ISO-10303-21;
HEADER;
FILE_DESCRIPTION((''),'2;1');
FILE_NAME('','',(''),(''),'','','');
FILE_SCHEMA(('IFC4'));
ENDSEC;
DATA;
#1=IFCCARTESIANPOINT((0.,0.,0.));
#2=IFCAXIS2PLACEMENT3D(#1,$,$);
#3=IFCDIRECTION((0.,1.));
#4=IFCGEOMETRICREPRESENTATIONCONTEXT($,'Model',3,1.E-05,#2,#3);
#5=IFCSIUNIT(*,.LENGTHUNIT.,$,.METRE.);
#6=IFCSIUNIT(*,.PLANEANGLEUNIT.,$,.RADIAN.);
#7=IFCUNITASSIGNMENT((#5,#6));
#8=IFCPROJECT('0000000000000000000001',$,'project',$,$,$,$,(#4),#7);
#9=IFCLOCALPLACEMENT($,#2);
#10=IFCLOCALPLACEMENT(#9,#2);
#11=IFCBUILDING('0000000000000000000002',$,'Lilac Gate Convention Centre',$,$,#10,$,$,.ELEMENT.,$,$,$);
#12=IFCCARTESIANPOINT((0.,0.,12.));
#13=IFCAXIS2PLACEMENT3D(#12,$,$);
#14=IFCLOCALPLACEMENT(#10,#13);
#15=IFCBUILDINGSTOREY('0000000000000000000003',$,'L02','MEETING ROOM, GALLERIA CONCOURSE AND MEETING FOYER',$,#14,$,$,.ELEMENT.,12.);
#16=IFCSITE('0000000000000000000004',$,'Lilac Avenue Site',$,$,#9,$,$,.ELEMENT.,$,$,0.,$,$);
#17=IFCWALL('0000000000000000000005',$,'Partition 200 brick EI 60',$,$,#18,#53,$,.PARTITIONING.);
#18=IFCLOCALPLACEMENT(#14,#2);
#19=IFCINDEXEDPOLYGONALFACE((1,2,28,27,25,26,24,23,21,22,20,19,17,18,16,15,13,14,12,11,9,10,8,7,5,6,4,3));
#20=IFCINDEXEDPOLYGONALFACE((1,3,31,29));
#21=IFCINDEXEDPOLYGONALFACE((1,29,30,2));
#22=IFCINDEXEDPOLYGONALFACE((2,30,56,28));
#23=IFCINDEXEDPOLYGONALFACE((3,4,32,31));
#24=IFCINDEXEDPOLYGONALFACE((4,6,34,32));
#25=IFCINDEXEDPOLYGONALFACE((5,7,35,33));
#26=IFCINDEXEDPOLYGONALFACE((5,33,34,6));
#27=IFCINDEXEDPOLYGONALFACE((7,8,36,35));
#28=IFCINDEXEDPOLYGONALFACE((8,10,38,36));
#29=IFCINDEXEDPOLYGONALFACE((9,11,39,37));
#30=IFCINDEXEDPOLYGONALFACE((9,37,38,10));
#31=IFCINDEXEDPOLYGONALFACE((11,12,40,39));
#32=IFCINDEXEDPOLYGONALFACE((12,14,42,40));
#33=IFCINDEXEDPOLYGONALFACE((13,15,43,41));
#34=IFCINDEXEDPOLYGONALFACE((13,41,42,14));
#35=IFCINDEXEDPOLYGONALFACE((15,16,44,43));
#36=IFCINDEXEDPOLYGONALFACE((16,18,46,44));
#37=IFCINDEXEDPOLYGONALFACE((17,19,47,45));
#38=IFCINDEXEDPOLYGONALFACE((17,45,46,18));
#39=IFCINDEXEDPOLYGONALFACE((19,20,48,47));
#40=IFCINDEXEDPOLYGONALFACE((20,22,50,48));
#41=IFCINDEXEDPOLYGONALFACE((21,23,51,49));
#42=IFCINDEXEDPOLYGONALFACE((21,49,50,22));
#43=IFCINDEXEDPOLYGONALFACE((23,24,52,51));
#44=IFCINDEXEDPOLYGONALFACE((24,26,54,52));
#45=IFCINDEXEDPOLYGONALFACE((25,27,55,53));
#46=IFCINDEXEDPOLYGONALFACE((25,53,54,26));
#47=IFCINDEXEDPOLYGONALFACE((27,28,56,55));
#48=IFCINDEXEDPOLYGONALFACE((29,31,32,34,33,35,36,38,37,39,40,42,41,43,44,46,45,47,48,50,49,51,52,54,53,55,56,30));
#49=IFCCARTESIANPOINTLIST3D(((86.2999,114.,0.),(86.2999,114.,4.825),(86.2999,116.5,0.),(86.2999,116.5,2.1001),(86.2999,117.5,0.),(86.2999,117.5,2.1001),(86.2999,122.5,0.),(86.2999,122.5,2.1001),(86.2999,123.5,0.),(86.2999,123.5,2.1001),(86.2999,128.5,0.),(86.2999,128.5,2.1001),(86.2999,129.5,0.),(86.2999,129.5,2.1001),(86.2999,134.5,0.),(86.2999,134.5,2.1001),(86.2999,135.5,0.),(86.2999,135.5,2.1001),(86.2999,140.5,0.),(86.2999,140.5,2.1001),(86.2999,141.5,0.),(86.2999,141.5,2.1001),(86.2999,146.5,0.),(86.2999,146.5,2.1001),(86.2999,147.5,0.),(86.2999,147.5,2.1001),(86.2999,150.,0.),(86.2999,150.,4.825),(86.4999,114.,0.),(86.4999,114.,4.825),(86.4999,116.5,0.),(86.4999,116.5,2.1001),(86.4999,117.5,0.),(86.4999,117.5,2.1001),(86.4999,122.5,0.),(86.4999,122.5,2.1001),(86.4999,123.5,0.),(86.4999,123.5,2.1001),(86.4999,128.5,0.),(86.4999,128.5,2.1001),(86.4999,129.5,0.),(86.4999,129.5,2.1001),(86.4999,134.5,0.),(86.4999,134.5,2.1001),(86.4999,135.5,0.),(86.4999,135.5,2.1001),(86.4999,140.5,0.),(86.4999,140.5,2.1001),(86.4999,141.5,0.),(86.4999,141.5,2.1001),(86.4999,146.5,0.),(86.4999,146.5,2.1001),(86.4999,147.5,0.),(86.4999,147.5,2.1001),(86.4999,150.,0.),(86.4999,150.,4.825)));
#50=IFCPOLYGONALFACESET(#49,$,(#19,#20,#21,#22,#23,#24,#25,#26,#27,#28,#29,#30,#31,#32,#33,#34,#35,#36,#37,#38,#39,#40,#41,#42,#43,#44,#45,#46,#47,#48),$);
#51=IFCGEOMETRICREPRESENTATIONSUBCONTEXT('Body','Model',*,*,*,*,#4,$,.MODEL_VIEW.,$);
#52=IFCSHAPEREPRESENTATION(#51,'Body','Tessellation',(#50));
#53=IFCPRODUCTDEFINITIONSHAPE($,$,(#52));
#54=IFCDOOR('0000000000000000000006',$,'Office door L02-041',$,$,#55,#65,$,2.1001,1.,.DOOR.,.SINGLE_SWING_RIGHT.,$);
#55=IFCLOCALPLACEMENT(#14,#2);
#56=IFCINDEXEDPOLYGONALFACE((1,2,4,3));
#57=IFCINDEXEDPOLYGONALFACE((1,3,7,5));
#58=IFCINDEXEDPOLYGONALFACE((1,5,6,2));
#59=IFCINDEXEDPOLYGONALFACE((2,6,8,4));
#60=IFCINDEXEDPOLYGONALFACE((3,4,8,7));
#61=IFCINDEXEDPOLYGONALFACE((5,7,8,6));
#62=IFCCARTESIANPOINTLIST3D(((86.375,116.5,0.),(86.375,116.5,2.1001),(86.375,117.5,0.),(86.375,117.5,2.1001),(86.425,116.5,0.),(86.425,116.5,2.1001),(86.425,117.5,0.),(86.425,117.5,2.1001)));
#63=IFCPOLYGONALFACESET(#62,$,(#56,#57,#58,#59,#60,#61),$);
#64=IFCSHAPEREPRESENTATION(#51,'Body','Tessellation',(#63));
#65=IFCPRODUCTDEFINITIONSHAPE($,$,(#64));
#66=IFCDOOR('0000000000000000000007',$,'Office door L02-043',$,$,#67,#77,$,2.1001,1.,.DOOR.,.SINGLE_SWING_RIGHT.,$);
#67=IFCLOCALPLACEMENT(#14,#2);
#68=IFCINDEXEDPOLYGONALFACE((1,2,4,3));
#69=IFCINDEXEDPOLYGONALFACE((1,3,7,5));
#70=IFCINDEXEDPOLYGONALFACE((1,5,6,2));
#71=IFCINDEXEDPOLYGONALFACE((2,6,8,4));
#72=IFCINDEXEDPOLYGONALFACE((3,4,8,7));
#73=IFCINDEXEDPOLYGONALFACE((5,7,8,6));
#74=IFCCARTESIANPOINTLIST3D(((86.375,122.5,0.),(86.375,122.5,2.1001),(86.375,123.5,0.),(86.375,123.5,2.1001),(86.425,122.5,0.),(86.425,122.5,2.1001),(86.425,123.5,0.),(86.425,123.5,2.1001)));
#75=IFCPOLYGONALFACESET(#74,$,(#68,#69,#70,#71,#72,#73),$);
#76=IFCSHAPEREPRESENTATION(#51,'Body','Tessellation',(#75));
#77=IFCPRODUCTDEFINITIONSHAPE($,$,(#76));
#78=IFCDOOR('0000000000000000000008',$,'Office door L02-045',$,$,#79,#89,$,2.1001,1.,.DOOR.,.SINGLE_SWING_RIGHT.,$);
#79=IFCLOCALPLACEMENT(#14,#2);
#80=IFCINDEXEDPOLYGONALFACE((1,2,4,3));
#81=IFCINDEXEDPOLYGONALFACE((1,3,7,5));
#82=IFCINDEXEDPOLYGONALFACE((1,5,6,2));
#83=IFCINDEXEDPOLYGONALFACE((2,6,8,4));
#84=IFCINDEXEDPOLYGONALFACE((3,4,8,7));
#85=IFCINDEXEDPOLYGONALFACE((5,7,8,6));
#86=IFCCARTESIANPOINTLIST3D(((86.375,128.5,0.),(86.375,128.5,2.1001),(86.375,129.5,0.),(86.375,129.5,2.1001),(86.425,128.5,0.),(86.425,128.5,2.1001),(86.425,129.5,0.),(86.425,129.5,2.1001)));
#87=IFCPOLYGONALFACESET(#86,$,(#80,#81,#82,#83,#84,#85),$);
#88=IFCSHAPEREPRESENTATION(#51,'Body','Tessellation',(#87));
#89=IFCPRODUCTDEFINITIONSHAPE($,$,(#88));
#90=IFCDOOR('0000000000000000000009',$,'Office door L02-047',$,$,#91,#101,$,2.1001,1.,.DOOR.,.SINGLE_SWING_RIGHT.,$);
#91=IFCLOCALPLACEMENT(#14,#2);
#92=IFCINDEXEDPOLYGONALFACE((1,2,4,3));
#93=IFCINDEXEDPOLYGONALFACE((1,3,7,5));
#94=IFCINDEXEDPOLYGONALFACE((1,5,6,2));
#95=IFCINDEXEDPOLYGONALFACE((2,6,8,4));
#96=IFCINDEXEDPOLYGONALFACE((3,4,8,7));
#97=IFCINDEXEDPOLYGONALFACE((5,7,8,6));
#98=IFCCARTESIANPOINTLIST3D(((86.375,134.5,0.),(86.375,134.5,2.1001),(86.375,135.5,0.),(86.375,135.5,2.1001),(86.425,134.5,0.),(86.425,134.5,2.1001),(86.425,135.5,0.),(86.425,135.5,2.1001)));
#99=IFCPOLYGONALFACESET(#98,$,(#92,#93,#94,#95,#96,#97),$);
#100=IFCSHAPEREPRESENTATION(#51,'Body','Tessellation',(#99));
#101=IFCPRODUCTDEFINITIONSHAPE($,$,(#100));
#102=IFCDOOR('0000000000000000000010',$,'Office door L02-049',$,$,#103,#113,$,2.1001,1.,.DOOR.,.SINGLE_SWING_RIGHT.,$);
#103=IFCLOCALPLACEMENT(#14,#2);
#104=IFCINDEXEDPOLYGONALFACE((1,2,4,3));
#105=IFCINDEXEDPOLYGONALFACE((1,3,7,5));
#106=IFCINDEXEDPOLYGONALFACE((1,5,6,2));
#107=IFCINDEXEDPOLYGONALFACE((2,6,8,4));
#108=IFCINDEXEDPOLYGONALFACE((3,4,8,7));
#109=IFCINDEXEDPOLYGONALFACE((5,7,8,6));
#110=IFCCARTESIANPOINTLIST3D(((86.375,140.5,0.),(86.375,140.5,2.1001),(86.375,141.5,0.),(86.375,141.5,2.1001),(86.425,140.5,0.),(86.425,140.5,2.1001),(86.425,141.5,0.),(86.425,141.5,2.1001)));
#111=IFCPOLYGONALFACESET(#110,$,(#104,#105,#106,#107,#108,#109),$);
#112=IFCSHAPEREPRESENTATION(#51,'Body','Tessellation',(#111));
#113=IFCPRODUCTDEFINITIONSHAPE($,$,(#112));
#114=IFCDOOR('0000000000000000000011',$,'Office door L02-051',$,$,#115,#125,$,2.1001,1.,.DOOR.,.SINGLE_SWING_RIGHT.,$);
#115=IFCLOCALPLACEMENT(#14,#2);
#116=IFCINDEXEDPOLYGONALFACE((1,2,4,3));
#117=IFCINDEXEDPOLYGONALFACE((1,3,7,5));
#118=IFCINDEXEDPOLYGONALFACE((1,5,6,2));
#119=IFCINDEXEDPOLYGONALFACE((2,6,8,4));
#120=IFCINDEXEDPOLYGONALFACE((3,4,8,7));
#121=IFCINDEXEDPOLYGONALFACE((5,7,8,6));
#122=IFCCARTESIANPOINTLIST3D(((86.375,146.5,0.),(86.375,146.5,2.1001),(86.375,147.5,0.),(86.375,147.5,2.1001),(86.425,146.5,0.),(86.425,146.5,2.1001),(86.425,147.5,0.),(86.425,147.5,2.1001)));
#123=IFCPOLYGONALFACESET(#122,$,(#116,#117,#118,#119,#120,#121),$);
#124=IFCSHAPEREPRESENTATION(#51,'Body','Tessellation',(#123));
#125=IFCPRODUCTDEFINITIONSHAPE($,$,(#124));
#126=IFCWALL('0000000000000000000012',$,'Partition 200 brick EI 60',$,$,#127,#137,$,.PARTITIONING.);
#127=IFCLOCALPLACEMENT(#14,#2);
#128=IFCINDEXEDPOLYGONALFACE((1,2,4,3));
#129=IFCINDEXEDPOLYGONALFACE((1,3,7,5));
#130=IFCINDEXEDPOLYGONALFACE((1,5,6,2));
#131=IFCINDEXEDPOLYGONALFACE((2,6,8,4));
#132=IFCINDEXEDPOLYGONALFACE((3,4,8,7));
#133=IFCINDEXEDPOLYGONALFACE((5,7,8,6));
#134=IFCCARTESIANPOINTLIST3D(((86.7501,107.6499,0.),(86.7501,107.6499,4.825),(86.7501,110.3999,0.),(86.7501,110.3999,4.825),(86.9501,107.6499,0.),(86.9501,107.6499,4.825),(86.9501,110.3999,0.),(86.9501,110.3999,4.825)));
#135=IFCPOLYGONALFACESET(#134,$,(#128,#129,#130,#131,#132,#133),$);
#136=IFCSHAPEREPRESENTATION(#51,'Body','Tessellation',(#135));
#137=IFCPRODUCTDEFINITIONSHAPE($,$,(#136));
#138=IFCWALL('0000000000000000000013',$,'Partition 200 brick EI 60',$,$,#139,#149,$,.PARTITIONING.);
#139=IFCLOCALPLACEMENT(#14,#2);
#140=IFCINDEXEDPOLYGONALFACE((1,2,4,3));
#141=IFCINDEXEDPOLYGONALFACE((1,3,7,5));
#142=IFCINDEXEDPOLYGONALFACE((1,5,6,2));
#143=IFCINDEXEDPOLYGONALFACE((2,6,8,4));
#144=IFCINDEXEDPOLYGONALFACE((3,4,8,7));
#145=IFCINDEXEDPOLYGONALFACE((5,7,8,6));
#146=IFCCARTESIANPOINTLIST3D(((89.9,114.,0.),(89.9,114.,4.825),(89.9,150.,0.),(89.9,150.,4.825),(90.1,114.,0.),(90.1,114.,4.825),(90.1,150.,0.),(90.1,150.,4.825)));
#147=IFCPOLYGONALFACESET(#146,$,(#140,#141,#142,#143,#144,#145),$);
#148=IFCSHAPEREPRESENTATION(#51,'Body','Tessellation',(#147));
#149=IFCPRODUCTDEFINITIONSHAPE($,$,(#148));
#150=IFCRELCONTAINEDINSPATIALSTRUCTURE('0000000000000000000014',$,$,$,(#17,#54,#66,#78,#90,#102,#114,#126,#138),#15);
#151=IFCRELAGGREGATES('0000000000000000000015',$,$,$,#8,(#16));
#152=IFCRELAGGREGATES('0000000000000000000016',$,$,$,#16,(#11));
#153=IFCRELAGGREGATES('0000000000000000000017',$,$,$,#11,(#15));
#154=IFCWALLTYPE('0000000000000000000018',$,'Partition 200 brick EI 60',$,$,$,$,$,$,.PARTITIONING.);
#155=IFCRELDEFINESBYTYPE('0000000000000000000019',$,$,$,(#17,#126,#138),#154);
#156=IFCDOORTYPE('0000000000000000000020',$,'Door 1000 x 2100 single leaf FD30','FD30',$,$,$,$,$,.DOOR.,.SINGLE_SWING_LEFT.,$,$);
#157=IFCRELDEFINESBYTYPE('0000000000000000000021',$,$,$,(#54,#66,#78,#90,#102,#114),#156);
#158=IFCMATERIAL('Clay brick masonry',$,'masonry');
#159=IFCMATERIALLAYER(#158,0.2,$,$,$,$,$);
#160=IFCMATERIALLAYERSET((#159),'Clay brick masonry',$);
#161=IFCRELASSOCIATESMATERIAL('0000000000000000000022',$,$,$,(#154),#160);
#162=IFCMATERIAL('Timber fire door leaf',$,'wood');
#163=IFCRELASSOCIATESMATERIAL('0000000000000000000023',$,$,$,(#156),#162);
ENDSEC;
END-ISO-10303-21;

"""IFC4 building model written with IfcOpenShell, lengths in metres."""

from ifc_helpers import new_model, si_unit, direction, frame, frame_2d, origin, place, context, subcontext, project, spatial, rectangle, extrude, material, layer, layer_set, type_object, element, fill, save


model = new_model("IFC4")

# Units and contexts
model_context = context("Model", 3, precision=1e-05, world=origin(), true_north=direction((0.0, 1.0)))
body_context = subcontext(model_context, "Body", "Model", "MODEL_VIEW")
ifc_project = project(units=[si_unit("LENGTHUNIT", "METRE"), si_unit("PLANEANGLEUNIT", "RADIAN")], contexts=[model_context])

# Site, building, storey
site_placement = place(None, origin())
site = spatial("IfcSite", under=ifc_project, at=site_placement, Name="Lilac Avenue Site", CompositionType="ELEMENT", RefElevation=0.0)
building_placement = place(site_placement, origin())
building = spatial("IfcBuilding", under=site, at=building_placement, Name="Lilac Gate Convention Centre", CompositionType="ELEMENT")
storey_placement = place(building_placement, frame((0.0, 0.0, 12.0)))
storey = spatial("IfcBuildingStorey", under=building, at=storey_placement, Name="L02", Description="MEETING ROOM, GALLERIA CONCOURSE AND MEETING FOYER", CompositionType="ELEMENT", Elevation=12.0)

# Wall, openings, doors
ifc_material_1 = material(Name="Clay brick masonry", Category="masonry")
ifc_layer_1 = layer(ifc_material_1, 0.2)
ifc_layer_set_1 = layer_set([ifc_layer_1], Name="Clay brick masonry")
wall_type_1 = type_object("IfcWallType", Name="Partition 200 brick EI 60", PredefinedType="PARTITIONING", material=ifc_layer_set_1)
wall_1_placement = place(storey_placement, frame((86.3999, 114.0, 0.0), z_axis=(0.0, 0.0, 1.0), x_axis=(0.0, 1.0, 0.0)))
wall_1 = element("IfcWall", 1, at=wall_1_placement, inside=storey, type_object=wall_type_1, Name="Partition 200 brick EI 60", PredefinedType="PARTITIONING", context=body_context, shape_type="SweptSolid", body=[
    extrude(rectangle(XDim=36.0, YDim=0.2, at=frame_2d((18.0, 0.0))), origin(), (0.0, 0.0, 1.0), 4.825),
])
opening_1_placement = place(wall_1_placement, frame((2.5, 0.0, 0.0)))
opening_1 = element("IfcOpeningElement", 2, at=opening_1_placement, cuts=wall_1, PredefinedType="OPENING", context=body_context, shape_type="SweptSolid", body=[
    extrude(rectangle(XDim=1.0, YDim=2.1001, at=frame_2d((0.5, 1.05))), frame((0.0, 0.1099, 0.0), z_axis=(0.0, -1.0, 0.0), x_axis=(1.0, 0.0, 0.0)), (0.0, 0.0, 1.0), 0.22),
])
opening_2_placement = place(wall_1_placement, frame((8.5, 0.0, 0.0)))
opening_2 = element("IfcOpeningElement", 3, at=opening_2_placement, cuts=wall_1, PredefinedType="OPENING", context=body_context, shape_type="SweptSolid", body=[
    extrude(rectangle(XDim=1.0, YDim=2.1001, at=frame_2d((0.5, 1.05))), frame((0.0, 0.1099, 0.0), z_axis=(0.0, -1.0, 0.0), x_axis=(1.0, 0.0, 0.0)), (0.0, 0.0, 1.0), 0.22),
])
opening_3_placement = place(wall_1_placement, frame((14.5, 0.0, 0.0)))
opening_3 = element("IfcOpeningElement", 4, at=opening_3_placement, cuts=wall_1, PredefinedType="OPENING", context=body_context, shape_type="SweptSolid", body=[
    extrude(rectangle(XDim=1.0, YDim=2.1001, at=frame_2d((0.5, 1.05))), frame((0.0, 0.1099, 0.0), z_axis=(0.0, -1.0, 0.0), x_axis=(1.0, 0.0, 0.0)), (0.0, 0.0, 1.0), 0.22),
])
opening_4_placement = place(wall_1_placement, frame((20.5, 0.0, 0.0)))
opening_4 = element("IfcOpeningElement", 5, at=opening_4_placement, cuts=wall_1, PredefinedType="OPENING", context=body_context, shape_type="SweptSolid", body=[
    extrude(rectangle(XDim=1.0, YDim=2.1001, at=frame_2d((0.5, 1.05))), frame((0.0, 0.1099, 0.0), z_axis=(0.0, -1.0, 0.0), x_axis=(1.0, 0.0, 0.0)), (0.0, 0.0, 1.0), 0.22),
])
opening_5_placement = place(wall_1_placement, frame((26.5, 0.0, 0.0)))
opening_5 = element("IfcOpeningElement", 6, at=opening_5_placement, cuts=wall_1, PredefinedType="OPENING", context=body_context, shape_type="SweptSolid", body=[
    extrude(rectangle(XDim=1.0, YDim=2.1001, at=frame_2d((0.5, 1.05))), frame((0.0, 0.1099, 0.0), z_axis=(0.0, -1.0, 0.0), x_axis=(1.0, 0.0, 0.0)), (0.0, 0.0, 1.0), 0.22),
])
opening_6_placement = place(wall_1_placement, frame((32.5, 0.0, 0.0)))
opening_6 = element("IfcOpeningElement", 7, at=opening_6_placement, cuts=wall_1, PredefinedType="OPENING", context=body_context, shape_type="SweptSolid", body=[
    extrude(rectangle(XDim=1.0, YDim=2.1001, at=frame_2d((0.5, 1.05))), frame((0.0, 0.1099, 0.0), z_axis=(0.0, -1.0, 0.0), x_axis=(1.0, 0.0, 0.0)), (0.0, 0.0, 1.0), 0.22),
])
ifc_material_2 = material(Name="Timber fire door leaf", Category="wood")
door_type_1 = type_object("IfcDoorType", Name="Door 1000 x 2100 single leaf FD30", Description="FD30", OperationType="SINGLE_SWING_LEFT", PredefinedType="DOOR", material=ifc_material_2)
door_1_placement = place(opening_1_placement, origin())
door_1 = element("IfcDoor", 8, at=door_1_placement, inside=storey, type_object=door_type_1, Name="Office door L02-041", OperationType="SINGLE_SWING_RIGHT", OverallHeight=2.1001, OverallWidth=1.0, PredefinedType="DOOR", context=body_context, shape_type="SweptSolid", body=[
    extrude(rectangle(XDim=1.0, YDim=2.1001, at=frame_2d((0.5, 1.05))), frame((0.0, 0.0249, 0.0), z_axis=(0.0, -1.0, 0.0), x_axis=(1.0, 0.0, 0.0)), (0.0, 0.0, 1.0), 0.05),
])
fill(opening_1, door_1)
door_2_placement = place(opening_2_placement, origin())
door_2 = element("IfcDoor", 9, at=door_2_placement, inside=storey, type_object=door_type_1, Name="Office door L02-043", OperationType="SINGLE_SWING_RIGHT", OverallHeight=2.1001, OverallWidth=1.0, PredefinedType="DOOR", context=body_context, shape_type="SweptSolid", body=[
    extrude(rectangle(XDim=1.0, YDim=2.1001, at=frame_2d((0.5, 1.05))), frame((0.0, 0.0249, 0.0), z_axis=(0.0, -1.0, 0.0), x_axis=(1.0, 0.0, 0.0)), (0.0, 0.0, 1.0), 0.05),
])
fill(opening_2, door_2)
door_3_placement = place(opening_3_placement, origin())
door_3 = element("IfcDoor", 10, at=door_3_placement, inside=storey, type_object=door_type_1, Name="Office door L02-045", OperationType="SINGLE_SWING_RIGHT", OverallHeight=2.1001, OverallWidth=1.0, PredefinedType="DOOR", context=body_context, shape_type="SweptSolid", body=[
    extrude(rectangle(XDim=1.0, YDim=2.1001, at=frame_2d((0.5, 1.05))), frame((0.0, 0.0249, 0.0), z_axis=(0.0, -1.0, 0.0), x_axis=(1.0, 0.0, 0.0)), (0.0, 0.0, 1.0), 0.05),
])
fill(opening_3, door_3)
door_4_placement = place(opening_4_placement, origin())
door_4 = element("IfcDoor", 11, at=door_4_placement, inside=storey, type_object=door_type_1, Name="Office door L02-047", OperationType="SINGLE_SWING_RIGHT", OverallHeight=2.1001, OverallWidth=1.0, PredefinedType="DOOR", context=body_context, shape_type="SweptSolid", body=[
    extrude(rectangle(XDim=1.0, YDim=2.1001, at=frame_2d((0.5, 1.05))), frame((0.0, 0.0249, 0.0), z_axis=(0.0, -1.0, 0.0), x_axis=(1.0, 0.0, 0.0)), (0.0, 0.0, 1.0), 0.05),
])
fill(opening_4, door_4)
door_5_placement = place(opening_5_placement, origin())
door_5 = element("IfcDoor", 12, at=door_5_placement, inside=storey, type_object=door_type_1, Name="Office door L02-049", OperationType="SINGLE_SWING_RIGHT", OverallHeight=2.1001, OverallWidth=1.0, PredefinedType="DOOR", context=body_context, shape_type="SweptSolid", body=[
    extrude(rectangle(XDim=1.0, YDim=2.1001, at=frame_2d((0.5, 1.05))), frame((0.0, 0.0249, 0.0), z_axis=(0.0, -1.0, 0.0), x_axis=(1.0, 0.0, 0.0)), (0.0, 0.0, 1.0), 0.05),
])
fill(opening_5, door_5)
door_6_placement = place(opening_6_placement, origin())
door_6 = element("IfcDoor", 13, at=door_6_placement, inside=storey, type_object=door_type_1, Name="Office door L02-051", OperationType="SINGLE_SWING_RIGHT", OverallHeight=2.1001, OverallWidth=1.0, PredefinedType="DOOR", context=body_context, shape_type="SweptSolid", body=[
    extrude(rectangle(XDim=1.0, YDim=2.1001, at=frame_2d((0.5, 1.05))), frame((0.0, 0.0249, 0.0), z_axis=(0.0, -1.0, 0.0), x_axis=(1.0, 0.0, 0.0)), (0.0, 0.0, 1.0), 0.05),
])
fill(opening_6, door_6)

# Walls
wall_2_placement = place(storey_placement, frame((86.8501, 107.6499, 0.0), z_axis=(0.0, 0.0, 1.0), x_axis=(0.0, 1.0, 0.0)))
element("IfcWall", 14, at=wall_2_placement, inside=storey, type_object=wall_type_1, Name="Partition 200 brick EI 60", PredefinedType="PARTITIONING", context=body_context, shape_type="SweptSolid", body=[
    extrude(rectangle(XDim=2.75, YDim=0.2, at=frame_2d((1.375, 0.0))), origin(), (0.0, 0.0, 1.0), 4.825),
])
wall_3_placement = place(storey_placement, frame((90.0, 114.0, 0.0), z_axis=(0.0, 0.0, 1.0), x_axis=(0.0, 1.0, 0.0)))
element("IfcWall", 15, at=wall_3_placement, inside=storey, type_object=wall_type_1, Name="Partition 200 brick EI 60", PredefinedType="PARTITIONING", context=body_context, shape_type="SweptSolid", body=[
    extrude(rectangle(XDim=36.0, YDim=0.2, at=frame_2d((18.0, 0.0))), origin(), (0.0, 0.0, 1.0), 4.825),
])

save(model, "model.ifc")
